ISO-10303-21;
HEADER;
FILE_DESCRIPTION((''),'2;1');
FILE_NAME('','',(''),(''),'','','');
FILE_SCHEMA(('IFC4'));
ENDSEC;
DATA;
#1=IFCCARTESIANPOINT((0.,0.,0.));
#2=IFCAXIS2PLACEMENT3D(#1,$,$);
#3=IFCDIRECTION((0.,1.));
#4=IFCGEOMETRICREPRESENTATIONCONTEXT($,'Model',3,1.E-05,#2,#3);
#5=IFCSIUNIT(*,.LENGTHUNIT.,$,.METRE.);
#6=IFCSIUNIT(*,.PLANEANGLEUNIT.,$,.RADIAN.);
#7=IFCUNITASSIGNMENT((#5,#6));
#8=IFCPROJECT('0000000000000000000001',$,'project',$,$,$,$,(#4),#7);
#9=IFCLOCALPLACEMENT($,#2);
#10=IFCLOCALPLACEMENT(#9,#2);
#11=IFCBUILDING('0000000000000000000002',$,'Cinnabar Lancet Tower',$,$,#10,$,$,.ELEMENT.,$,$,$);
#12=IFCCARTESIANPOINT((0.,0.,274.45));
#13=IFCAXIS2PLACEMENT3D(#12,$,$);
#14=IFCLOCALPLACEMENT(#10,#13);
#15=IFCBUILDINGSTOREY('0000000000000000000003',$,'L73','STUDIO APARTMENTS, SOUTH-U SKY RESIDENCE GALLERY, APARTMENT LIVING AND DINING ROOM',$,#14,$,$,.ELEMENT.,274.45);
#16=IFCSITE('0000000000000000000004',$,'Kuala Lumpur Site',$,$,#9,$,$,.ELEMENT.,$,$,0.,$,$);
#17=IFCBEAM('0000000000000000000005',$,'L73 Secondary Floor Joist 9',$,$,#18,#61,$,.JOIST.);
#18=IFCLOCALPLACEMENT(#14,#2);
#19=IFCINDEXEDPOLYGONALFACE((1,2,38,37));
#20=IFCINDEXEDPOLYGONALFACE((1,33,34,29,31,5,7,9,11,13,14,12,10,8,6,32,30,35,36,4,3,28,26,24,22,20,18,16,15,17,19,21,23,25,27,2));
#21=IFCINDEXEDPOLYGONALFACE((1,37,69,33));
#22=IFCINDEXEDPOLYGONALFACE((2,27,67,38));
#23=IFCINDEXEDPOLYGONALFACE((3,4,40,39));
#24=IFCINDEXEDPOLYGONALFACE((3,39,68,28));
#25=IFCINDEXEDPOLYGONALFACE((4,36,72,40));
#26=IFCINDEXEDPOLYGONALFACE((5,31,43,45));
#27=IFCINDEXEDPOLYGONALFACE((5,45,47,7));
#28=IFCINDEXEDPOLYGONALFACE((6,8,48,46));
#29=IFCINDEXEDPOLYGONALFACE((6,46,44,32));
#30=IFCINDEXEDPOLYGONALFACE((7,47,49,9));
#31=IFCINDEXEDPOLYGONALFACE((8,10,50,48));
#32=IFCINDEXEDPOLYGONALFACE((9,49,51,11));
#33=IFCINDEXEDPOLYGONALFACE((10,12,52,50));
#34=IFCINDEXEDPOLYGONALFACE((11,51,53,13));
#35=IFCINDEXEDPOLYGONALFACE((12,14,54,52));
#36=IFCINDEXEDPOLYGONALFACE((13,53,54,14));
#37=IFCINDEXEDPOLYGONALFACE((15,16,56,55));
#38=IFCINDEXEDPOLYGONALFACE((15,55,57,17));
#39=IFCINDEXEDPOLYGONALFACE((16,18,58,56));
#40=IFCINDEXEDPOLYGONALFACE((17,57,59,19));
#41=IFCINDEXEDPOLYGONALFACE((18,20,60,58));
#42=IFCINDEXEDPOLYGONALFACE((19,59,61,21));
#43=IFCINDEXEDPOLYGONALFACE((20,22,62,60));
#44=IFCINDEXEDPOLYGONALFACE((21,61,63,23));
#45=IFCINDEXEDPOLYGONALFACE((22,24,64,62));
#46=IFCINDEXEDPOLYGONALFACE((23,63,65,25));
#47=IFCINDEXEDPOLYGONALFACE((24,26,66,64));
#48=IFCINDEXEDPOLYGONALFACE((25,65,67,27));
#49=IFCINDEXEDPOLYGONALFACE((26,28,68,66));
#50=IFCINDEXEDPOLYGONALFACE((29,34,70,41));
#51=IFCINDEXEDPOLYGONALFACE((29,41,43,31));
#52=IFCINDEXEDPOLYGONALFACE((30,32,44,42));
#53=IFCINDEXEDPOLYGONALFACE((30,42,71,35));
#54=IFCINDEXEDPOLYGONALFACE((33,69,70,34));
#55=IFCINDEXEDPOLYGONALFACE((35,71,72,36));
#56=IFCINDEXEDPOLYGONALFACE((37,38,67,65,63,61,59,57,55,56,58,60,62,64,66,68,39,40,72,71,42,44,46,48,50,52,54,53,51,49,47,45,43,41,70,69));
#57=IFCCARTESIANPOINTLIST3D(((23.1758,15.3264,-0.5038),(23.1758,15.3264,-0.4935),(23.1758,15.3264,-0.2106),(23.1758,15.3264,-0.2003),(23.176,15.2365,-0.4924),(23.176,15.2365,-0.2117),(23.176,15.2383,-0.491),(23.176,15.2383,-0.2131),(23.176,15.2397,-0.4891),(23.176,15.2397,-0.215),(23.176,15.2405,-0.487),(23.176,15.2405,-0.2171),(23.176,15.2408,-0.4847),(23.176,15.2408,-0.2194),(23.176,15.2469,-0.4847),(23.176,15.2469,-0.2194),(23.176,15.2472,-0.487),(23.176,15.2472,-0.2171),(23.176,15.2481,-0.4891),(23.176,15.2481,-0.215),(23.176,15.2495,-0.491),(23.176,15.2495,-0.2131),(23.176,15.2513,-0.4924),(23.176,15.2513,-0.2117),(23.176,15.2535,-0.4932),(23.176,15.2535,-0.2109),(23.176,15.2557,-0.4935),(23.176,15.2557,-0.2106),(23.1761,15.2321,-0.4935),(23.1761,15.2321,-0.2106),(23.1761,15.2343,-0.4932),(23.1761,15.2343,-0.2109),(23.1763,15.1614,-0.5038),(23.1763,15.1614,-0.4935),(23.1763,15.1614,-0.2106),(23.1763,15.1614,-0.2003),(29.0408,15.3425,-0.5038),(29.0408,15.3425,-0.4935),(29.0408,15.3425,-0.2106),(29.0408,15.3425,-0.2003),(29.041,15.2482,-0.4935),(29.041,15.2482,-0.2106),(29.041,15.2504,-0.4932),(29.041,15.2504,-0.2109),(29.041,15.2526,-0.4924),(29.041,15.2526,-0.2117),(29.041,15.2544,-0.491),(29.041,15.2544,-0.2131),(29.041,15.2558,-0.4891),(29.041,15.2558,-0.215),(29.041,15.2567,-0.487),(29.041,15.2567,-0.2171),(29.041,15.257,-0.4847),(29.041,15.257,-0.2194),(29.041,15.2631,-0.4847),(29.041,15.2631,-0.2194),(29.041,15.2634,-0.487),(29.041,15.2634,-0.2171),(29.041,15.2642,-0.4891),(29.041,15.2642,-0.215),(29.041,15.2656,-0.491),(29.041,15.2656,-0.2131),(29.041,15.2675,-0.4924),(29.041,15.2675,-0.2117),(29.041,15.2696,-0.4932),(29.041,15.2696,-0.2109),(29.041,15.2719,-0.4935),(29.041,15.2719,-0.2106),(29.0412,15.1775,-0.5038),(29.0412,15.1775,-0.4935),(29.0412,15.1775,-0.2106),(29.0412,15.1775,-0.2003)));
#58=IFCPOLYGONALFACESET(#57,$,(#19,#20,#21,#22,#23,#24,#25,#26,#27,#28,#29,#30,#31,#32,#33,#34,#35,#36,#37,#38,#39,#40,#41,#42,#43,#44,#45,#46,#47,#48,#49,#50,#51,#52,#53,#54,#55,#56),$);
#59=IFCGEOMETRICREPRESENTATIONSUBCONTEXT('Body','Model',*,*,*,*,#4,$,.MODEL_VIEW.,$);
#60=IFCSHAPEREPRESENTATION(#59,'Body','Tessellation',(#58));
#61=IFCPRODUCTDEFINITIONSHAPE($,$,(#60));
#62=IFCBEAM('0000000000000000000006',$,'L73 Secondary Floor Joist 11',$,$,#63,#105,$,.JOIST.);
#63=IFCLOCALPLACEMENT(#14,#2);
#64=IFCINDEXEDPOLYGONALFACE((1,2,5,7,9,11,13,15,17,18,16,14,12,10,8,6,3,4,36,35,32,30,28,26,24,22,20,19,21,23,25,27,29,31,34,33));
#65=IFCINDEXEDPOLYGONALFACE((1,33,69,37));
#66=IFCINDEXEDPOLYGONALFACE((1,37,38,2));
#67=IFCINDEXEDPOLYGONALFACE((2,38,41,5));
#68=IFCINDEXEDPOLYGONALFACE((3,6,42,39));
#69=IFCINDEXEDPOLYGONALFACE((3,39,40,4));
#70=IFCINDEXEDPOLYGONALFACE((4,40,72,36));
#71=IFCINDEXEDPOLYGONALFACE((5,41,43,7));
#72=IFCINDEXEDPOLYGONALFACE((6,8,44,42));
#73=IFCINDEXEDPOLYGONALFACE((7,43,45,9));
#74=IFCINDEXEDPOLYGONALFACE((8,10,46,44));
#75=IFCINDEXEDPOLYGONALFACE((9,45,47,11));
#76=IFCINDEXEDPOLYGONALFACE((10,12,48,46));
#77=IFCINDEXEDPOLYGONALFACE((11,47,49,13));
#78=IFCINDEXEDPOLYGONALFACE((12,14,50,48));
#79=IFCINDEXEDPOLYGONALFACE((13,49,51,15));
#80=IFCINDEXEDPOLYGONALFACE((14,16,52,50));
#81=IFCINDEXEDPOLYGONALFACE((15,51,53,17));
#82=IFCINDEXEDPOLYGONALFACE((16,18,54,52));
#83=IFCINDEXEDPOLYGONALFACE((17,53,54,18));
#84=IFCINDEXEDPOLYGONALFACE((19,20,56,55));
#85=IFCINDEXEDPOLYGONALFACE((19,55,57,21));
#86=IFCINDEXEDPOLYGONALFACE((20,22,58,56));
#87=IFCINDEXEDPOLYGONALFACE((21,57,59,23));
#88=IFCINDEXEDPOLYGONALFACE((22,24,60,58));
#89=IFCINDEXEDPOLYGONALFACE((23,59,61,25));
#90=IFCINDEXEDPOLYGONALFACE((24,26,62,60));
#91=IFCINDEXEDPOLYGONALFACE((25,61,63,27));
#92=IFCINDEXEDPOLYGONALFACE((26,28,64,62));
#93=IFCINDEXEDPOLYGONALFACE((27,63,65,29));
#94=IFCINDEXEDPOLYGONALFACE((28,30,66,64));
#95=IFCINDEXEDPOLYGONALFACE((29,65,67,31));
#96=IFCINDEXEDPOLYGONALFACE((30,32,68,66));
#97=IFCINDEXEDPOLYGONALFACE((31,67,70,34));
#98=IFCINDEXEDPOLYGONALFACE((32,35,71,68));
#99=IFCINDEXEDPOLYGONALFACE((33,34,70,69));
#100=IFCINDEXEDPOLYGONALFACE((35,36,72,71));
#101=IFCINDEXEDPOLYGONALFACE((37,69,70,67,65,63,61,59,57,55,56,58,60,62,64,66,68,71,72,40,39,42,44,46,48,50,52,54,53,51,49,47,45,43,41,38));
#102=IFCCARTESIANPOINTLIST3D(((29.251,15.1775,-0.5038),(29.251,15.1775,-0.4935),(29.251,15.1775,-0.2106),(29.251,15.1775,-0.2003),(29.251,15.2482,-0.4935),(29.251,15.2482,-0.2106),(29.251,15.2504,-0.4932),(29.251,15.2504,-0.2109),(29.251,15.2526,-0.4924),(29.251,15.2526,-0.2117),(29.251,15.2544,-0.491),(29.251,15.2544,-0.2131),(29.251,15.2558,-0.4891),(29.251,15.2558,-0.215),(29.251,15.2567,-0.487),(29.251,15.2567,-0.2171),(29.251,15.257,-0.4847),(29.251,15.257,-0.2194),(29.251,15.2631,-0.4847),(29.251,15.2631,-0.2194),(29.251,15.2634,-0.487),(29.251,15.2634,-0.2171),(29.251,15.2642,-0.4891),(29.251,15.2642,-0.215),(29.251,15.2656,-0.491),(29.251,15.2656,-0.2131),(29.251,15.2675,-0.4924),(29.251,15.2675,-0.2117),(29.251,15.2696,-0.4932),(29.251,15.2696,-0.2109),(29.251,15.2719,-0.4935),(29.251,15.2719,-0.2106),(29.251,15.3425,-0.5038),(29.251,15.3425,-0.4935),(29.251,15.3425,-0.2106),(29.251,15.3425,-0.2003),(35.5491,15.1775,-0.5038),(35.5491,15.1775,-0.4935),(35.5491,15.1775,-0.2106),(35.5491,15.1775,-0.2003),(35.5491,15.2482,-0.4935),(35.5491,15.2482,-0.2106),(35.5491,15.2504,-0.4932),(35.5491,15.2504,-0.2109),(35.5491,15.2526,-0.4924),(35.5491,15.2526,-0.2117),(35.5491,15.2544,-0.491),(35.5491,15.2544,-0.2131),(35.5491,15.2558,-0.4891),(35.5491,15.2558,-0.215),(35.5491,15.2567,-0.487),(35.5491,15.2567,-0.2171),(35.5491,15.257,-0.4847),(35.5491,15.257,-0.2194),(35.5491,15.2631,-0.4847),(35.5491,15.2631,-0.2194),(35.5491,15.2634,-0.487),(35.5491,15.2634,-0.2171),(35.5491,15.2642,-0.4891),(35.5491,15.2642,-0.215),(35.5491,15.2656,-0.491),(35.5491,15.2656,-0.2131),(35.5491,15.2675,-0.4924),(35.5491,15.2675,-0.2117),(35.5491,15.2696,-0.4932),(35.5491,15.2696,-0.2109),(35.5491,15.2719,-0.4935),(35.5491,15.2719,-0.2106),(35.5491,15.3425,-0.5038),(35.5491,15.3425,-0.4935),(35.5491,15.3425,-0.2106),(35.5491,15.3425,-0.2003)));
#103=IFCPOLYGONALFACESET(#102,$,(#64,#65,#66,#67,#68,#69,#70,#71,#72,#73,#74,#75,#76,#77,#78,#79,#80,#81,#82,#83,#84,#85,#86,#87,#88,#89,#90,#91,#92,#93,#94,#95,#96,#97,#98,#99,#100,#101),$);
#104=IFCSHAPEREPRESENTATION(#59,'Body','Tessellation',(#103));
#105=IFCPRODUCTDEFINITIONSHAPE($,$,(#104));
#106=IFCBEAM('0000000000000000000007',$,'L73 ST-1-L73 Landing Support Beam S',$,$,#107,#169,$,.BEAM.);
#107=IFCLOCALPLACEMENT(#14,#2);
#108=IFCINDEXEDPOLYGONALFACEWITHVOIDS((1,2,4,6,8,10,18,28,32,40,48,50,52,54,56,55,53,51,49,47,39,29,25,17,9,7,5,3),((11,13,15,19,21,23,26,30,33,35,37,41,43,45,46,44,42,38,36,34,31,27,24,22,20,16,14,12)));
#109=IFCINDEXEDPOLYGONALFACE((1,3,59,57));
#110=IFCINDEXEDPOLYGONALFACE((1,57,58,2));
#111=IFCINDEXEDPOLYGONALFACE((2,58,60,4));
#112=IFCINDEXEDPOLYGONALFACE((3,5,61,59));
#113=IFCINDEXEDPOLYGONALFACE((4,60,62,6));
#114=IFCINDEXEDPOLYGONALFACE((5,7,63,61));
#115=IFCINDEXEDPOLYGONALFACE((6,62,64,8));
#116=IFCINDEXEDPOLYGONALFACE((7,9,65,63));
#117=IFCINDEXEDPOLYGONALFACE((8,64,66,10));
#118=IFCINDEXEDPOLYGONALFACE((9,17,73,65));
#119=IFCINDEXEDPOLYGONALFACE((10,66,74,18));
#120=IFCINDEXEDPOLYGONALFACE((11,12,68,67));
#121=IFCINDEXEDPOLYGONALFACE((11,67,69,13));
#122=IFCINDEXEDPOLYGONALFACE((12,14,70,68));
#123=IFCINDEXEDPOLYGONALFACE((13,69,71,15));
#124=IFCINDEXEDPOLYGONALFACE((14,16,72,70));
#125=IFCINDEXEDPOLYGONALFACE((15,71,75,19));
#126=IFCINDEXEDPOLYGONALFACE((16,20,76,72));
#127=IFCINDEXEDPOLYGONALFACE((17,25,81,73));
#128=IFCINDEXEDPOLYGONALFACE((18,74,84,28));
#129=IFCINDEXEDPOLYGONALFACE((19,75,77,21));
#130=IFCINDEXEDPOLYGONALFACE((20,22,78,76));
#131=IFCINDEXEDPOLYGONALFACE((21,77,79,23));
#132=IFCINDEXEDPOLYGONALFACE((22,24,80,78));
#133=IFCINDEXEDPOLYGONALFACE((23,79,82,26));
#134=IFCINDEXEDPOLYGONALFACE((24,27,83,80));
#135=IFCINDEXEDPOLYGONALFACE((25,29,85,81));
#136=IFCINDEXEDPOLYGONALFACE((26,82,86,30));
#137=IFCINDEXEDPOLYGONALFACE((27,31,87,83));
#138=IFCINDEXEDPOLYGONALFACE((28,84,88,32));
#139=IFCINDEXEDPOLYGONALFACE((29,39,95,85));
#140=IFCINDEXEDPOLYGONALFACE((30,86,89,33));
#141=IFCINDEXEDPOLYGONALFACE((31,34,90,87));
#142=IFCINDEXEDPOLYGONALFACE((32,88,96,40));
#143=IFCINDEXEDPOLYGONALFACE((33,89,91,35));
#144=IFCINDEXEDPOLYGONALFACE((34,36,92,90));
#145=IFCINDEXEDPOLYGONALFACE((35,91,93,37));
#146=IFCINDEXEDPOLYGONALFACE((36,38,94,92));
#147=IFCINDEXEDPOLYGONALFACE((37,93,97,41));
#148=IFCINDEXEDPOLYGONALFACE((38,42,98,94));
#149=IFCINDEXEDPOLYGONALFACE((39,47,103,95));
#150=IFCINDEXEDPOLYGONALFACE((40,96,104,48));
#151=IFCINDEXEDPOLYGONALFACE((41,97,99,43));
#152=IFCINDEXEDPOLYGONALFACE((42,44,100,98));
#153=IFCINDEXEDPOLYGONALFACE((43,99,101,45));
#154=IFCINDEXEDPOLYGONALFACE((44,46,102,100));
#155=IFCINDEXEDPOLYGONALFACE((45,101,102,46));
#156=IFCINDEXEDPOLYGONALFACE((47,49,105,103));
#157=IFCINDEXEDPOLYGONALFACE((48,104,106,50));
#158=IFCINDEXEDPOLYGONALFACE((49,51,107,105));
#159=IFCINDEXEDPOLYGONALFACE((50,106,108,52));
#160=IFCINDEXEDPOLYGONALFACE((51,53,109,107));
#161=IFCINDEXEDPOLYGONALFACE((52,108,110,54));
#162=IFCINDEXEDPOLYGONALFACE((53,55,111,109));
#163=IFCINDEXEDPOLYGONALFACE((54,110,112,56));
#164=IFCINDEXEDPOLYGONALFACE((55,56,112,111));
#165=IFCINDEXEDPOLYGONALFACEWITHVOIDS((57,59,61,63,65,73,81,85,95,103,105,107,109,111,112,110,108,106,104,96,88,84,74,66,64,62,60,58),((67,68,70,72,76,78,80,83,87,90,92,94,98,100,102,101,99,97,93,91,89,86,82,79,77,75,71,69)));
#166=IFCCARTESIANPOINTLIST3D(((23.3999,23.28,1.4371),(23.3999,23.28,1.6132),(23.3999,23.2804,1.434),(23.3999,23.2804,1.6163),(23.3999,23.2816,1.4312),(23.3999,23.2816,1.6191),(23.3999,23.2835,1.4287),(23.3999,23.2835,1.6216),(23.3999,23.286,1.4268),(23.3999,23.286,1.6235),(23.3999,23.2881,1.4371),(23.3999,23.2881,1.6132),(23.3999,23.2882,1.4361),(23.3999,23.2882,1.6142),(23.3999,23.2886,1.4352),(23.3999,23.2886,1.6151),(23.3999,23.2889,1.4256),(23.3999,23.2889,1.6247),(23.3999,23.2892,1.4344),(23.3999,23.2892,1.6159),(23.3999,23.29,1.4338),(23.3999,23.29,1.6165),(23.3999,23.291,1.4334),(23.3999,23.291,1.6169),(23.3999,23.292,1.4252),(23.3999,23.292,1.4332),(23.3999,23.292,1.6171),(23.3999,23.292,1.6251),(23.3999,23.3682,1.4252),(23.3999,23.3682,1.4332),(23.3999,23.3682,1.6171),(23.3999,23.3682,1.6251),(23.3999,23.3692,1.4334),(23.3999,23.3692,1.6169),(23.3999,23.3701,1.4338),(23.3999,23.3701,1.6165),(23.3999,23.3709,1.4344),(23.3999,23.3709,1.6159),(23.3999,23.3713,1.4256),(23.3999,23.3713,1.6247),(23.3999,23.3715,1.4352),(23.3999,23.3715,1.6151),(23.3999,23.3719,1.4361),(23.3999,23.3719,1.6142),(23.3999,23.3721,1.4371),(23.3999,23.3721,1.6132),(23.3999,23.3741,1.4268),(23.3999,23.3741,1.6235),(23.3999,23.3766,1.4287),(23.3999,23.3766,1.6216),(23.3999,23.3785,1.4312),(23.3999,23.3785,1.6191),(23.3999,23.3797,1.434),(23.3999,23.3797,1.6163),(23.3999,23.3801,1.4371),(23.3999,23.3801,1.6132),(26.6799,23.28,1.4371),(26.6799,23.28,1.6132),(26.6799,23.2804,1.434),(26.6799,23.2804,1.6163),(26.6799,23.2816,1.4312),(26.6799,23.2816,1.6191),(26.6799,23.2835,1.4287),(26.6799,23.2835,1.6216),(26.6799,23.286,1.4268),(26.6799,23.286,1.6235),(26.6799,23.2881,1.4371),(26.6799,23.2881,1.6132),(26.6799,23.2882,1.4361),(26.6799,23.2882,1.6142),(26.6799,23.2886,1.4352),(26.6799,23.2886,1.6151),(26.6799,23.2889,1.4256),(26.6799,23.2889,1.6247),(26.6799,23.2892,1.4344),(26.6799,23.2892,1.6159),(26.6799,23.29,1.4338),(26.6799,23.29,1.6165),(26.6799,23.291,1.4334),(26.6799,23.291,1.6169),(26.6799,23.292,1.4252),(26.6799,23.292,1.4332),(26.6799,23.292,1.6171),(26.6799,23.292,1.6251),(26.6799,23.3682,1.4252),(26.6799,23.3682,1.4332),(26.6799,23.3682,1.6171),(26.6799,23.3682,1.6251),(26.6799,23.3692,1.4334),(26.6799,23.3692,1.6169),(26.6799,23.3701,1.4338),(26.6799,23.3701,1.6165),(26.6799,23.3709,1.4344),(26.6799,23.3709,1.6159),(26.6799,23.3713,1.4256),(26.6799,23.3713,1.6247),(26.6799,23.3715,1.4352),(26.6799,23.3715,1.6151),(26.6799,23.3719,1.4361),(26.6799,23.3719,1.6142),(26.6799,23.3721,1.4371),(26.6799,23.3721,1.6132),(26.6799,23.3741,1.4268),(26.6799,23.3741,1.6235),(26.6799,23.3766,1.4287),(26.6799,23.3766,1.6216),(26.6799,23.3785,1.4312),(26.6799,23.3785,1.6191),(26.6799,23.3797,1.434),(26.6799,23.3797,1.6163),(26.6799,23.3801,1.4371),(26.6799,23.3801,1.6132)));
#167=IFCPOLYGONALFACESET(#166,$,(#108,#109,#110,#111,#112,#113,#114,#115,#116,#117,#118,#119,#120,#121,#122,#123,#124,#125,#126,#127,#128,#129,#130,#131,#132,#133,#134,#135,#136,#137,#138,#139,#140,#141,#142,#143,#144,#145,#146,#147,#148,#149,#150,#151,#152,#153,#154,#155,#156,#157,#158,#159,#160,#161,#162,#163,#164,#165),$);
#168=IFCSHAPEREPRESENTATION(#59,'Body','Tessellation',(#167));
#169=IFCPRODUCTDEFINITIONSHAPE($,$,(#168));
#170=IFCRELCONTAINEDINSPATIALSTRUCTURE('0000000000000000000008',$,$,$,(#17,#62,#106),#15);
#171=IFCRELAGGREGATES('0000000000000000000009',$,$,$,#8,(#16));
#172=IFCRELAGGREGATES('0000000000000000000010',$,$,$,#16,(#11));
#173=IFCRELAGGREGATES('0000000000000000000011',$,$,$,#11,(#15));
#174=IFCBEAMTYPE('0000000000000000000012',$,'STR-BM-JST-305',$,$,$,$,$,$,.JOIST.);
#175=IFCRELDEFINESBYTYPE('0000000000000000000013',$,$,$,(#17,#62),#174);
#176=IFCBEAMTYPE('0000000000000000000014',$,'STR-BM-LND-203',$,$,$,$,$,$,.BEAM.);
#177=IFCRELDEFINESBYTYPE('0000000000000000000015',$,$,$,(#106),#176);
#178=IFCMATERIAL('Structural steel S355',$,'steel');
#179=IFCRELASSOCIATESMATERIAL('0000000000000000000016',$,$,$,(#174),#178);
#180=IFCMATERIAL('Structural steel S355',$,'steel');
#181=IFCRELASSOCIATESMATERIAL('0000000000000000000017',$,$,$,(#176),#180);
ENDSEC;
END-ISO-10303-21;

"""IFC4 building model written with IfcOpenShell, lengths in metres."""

from ifc_helpers import new_model, si_unit, direction, frame, origin, origin_2d, place, context, subcontext, project, spatial, hollow_rectangle, i_section, extrude, material, material_profile, profile_set, type_object, element, save


model = new_model("IFC4")

# Units and contexts
model_context = context("Model", 3, precision=1e-05, world=origin(), true_north=direction((0.0, 1.0)))
body_context = subcontext(model_context, "Body", "Model", "MODEL_VIEW")
ifc_project = project(units=[si_unit("LENGTHUNIT", "METRE"), si_unit("PLANEANGLEUNIT", "RADIAN")], contexts=[model_context])

# Site, building, storey
site_placement = place(None, origin())
site = spatial("IfcSite", under=ifc_project, at=site_placement, Name="Kuala Lumpur Site", CompositionType="ELEMENT", RefElevation=0.0)
building_placement = place(site_placement, origin())
building = spatial("IfcBuilding", under=site, at=building_placement, Name="Cinnabar Lancet Tower", CompositionType="ELEMENT")
storey_placement = place(building_placement, frame((0.0, 0.0, 274.45)))
storey = spatial("IfcBuildingStorey", under=building, at=storey_placement, Name="L73", Description="STUDIO APARTMENTS, SOUTH-U SKY RESIDENCE GALLERY, APARTMENT LIVING AND DINING ROOM", CompositionType="ELEMENT", Elevation=274.45)

# Beams
ifc_material_1 = material(Name="Structural steel S355", Category="steel")
ifc_material_profile_1 = material_profile(ifc_material_1, i_section(OverallWidth=0.165, OverallDepth=0.3035, WebThickness=0.0061, FlangeThickness=0.0103, FilletRadius=0.0088, at=origin_2d()), Name="UKB 305x165x40")
ifc_profile_set_1 = profile_set([ifc_material_profile_1], Name="Structural steel S355")
beam_type_1 = type_object("IfcBeamType", Name="STR-BM-JST-305", PredefinedType="JOIST", material=ifc_profile_set_1)
beam_1_placement = place(storey_placement, frame((23.176, 15.2439, -0.3521), z_axis=(0.999996, 0.002747, 0.0), x_axis=(-0.002747, 0.999996, 0.0)))
element("IfcBeam", 1, at=beam_1_placement, inside=storey, type_object=beam_type_1, Name="L73 Secondary Floor Joist 9", PredefinedType="JOIST", context=body_context, shape_type="SweptSolid", body=[
    extrude(i_section(OverallWidth=0.165, OverallDepth=0.3035, WebThickness=0.0061, FlangeThickness=0.0103, FilletRadius=0.0088, at=origin_2d()), origin(), (0.0, 0.0, 1.0), 5.865),
])
beam_2_placement = place(storey_placement, frame((29.251, 15.26, -0.3521), z_axis=(1.0, 0.0, 0.0), x_axis=(0.0, 1.0, 0.0)))
element("IfcBeam", 2, at=beam_2_placement, inside=storey, type_object=beam_type_1, Name="L73 Secondary Floor Joist 11", PredefinedType="JOIST", context=body_context, shape_type="SweptSolid", body=[
    extrude(i_section(OverallWidth=0.165, OverallDepth=0.3035, WebThickness=0.0061, FlangeThickness=0.0103, FilletRadius=0.0088, at=origin_2d()), origin(), (0.0, 0.0, 1.0), 6.2981),
])
ifc_material_2 = material(Name="Structural steel S355", Category="steel")
ifc_material_profile_2 = material_profile(ifc_material_2, hollow_rectangle(XDim=0.1001, YDim=0.2, WallThickness=0.0081, InnerFilletRadius=0.0039, OuterFilletRadius=0.012, at=origin_2d()), Name="RHS 200x100x8")
ifc_profile_set_2 = profile_set([ifc_material_profile_2], Name="Structural steel S355")
beam_type_2 = type_object("IfcBeamType", Name="STR-BM-LND-203", PredefinedType="BEAM", material=ifc_profile_set_2)
beam_3_placement = place(storey_placement, frame((23.3999, 23.3301, 1.5251), z_axis=(1.0, 0.0, 0.0), x_axis=(0.0, 1.0, 0.0)))
element("IfcBeam", 3, at=beam_3_placement, inside=storey, type_object=beam_type_2, Name="L73 ST-1-L73 Landing Support Beam S", PredefinedType="BEAM", context=body_context, shape_type="SweptSolid", body=[
    extrude(hollow_rectangle(XDim=0.1001, YDim=0.2, WallThickness=0.0081, InnerFilletRadius=0.0039, OuterFilletRadius=0.012, at=origin_2d()), origin(), (0.0, 0.0, 1.0), 3.28),
])

save(model, "model.ifc")
